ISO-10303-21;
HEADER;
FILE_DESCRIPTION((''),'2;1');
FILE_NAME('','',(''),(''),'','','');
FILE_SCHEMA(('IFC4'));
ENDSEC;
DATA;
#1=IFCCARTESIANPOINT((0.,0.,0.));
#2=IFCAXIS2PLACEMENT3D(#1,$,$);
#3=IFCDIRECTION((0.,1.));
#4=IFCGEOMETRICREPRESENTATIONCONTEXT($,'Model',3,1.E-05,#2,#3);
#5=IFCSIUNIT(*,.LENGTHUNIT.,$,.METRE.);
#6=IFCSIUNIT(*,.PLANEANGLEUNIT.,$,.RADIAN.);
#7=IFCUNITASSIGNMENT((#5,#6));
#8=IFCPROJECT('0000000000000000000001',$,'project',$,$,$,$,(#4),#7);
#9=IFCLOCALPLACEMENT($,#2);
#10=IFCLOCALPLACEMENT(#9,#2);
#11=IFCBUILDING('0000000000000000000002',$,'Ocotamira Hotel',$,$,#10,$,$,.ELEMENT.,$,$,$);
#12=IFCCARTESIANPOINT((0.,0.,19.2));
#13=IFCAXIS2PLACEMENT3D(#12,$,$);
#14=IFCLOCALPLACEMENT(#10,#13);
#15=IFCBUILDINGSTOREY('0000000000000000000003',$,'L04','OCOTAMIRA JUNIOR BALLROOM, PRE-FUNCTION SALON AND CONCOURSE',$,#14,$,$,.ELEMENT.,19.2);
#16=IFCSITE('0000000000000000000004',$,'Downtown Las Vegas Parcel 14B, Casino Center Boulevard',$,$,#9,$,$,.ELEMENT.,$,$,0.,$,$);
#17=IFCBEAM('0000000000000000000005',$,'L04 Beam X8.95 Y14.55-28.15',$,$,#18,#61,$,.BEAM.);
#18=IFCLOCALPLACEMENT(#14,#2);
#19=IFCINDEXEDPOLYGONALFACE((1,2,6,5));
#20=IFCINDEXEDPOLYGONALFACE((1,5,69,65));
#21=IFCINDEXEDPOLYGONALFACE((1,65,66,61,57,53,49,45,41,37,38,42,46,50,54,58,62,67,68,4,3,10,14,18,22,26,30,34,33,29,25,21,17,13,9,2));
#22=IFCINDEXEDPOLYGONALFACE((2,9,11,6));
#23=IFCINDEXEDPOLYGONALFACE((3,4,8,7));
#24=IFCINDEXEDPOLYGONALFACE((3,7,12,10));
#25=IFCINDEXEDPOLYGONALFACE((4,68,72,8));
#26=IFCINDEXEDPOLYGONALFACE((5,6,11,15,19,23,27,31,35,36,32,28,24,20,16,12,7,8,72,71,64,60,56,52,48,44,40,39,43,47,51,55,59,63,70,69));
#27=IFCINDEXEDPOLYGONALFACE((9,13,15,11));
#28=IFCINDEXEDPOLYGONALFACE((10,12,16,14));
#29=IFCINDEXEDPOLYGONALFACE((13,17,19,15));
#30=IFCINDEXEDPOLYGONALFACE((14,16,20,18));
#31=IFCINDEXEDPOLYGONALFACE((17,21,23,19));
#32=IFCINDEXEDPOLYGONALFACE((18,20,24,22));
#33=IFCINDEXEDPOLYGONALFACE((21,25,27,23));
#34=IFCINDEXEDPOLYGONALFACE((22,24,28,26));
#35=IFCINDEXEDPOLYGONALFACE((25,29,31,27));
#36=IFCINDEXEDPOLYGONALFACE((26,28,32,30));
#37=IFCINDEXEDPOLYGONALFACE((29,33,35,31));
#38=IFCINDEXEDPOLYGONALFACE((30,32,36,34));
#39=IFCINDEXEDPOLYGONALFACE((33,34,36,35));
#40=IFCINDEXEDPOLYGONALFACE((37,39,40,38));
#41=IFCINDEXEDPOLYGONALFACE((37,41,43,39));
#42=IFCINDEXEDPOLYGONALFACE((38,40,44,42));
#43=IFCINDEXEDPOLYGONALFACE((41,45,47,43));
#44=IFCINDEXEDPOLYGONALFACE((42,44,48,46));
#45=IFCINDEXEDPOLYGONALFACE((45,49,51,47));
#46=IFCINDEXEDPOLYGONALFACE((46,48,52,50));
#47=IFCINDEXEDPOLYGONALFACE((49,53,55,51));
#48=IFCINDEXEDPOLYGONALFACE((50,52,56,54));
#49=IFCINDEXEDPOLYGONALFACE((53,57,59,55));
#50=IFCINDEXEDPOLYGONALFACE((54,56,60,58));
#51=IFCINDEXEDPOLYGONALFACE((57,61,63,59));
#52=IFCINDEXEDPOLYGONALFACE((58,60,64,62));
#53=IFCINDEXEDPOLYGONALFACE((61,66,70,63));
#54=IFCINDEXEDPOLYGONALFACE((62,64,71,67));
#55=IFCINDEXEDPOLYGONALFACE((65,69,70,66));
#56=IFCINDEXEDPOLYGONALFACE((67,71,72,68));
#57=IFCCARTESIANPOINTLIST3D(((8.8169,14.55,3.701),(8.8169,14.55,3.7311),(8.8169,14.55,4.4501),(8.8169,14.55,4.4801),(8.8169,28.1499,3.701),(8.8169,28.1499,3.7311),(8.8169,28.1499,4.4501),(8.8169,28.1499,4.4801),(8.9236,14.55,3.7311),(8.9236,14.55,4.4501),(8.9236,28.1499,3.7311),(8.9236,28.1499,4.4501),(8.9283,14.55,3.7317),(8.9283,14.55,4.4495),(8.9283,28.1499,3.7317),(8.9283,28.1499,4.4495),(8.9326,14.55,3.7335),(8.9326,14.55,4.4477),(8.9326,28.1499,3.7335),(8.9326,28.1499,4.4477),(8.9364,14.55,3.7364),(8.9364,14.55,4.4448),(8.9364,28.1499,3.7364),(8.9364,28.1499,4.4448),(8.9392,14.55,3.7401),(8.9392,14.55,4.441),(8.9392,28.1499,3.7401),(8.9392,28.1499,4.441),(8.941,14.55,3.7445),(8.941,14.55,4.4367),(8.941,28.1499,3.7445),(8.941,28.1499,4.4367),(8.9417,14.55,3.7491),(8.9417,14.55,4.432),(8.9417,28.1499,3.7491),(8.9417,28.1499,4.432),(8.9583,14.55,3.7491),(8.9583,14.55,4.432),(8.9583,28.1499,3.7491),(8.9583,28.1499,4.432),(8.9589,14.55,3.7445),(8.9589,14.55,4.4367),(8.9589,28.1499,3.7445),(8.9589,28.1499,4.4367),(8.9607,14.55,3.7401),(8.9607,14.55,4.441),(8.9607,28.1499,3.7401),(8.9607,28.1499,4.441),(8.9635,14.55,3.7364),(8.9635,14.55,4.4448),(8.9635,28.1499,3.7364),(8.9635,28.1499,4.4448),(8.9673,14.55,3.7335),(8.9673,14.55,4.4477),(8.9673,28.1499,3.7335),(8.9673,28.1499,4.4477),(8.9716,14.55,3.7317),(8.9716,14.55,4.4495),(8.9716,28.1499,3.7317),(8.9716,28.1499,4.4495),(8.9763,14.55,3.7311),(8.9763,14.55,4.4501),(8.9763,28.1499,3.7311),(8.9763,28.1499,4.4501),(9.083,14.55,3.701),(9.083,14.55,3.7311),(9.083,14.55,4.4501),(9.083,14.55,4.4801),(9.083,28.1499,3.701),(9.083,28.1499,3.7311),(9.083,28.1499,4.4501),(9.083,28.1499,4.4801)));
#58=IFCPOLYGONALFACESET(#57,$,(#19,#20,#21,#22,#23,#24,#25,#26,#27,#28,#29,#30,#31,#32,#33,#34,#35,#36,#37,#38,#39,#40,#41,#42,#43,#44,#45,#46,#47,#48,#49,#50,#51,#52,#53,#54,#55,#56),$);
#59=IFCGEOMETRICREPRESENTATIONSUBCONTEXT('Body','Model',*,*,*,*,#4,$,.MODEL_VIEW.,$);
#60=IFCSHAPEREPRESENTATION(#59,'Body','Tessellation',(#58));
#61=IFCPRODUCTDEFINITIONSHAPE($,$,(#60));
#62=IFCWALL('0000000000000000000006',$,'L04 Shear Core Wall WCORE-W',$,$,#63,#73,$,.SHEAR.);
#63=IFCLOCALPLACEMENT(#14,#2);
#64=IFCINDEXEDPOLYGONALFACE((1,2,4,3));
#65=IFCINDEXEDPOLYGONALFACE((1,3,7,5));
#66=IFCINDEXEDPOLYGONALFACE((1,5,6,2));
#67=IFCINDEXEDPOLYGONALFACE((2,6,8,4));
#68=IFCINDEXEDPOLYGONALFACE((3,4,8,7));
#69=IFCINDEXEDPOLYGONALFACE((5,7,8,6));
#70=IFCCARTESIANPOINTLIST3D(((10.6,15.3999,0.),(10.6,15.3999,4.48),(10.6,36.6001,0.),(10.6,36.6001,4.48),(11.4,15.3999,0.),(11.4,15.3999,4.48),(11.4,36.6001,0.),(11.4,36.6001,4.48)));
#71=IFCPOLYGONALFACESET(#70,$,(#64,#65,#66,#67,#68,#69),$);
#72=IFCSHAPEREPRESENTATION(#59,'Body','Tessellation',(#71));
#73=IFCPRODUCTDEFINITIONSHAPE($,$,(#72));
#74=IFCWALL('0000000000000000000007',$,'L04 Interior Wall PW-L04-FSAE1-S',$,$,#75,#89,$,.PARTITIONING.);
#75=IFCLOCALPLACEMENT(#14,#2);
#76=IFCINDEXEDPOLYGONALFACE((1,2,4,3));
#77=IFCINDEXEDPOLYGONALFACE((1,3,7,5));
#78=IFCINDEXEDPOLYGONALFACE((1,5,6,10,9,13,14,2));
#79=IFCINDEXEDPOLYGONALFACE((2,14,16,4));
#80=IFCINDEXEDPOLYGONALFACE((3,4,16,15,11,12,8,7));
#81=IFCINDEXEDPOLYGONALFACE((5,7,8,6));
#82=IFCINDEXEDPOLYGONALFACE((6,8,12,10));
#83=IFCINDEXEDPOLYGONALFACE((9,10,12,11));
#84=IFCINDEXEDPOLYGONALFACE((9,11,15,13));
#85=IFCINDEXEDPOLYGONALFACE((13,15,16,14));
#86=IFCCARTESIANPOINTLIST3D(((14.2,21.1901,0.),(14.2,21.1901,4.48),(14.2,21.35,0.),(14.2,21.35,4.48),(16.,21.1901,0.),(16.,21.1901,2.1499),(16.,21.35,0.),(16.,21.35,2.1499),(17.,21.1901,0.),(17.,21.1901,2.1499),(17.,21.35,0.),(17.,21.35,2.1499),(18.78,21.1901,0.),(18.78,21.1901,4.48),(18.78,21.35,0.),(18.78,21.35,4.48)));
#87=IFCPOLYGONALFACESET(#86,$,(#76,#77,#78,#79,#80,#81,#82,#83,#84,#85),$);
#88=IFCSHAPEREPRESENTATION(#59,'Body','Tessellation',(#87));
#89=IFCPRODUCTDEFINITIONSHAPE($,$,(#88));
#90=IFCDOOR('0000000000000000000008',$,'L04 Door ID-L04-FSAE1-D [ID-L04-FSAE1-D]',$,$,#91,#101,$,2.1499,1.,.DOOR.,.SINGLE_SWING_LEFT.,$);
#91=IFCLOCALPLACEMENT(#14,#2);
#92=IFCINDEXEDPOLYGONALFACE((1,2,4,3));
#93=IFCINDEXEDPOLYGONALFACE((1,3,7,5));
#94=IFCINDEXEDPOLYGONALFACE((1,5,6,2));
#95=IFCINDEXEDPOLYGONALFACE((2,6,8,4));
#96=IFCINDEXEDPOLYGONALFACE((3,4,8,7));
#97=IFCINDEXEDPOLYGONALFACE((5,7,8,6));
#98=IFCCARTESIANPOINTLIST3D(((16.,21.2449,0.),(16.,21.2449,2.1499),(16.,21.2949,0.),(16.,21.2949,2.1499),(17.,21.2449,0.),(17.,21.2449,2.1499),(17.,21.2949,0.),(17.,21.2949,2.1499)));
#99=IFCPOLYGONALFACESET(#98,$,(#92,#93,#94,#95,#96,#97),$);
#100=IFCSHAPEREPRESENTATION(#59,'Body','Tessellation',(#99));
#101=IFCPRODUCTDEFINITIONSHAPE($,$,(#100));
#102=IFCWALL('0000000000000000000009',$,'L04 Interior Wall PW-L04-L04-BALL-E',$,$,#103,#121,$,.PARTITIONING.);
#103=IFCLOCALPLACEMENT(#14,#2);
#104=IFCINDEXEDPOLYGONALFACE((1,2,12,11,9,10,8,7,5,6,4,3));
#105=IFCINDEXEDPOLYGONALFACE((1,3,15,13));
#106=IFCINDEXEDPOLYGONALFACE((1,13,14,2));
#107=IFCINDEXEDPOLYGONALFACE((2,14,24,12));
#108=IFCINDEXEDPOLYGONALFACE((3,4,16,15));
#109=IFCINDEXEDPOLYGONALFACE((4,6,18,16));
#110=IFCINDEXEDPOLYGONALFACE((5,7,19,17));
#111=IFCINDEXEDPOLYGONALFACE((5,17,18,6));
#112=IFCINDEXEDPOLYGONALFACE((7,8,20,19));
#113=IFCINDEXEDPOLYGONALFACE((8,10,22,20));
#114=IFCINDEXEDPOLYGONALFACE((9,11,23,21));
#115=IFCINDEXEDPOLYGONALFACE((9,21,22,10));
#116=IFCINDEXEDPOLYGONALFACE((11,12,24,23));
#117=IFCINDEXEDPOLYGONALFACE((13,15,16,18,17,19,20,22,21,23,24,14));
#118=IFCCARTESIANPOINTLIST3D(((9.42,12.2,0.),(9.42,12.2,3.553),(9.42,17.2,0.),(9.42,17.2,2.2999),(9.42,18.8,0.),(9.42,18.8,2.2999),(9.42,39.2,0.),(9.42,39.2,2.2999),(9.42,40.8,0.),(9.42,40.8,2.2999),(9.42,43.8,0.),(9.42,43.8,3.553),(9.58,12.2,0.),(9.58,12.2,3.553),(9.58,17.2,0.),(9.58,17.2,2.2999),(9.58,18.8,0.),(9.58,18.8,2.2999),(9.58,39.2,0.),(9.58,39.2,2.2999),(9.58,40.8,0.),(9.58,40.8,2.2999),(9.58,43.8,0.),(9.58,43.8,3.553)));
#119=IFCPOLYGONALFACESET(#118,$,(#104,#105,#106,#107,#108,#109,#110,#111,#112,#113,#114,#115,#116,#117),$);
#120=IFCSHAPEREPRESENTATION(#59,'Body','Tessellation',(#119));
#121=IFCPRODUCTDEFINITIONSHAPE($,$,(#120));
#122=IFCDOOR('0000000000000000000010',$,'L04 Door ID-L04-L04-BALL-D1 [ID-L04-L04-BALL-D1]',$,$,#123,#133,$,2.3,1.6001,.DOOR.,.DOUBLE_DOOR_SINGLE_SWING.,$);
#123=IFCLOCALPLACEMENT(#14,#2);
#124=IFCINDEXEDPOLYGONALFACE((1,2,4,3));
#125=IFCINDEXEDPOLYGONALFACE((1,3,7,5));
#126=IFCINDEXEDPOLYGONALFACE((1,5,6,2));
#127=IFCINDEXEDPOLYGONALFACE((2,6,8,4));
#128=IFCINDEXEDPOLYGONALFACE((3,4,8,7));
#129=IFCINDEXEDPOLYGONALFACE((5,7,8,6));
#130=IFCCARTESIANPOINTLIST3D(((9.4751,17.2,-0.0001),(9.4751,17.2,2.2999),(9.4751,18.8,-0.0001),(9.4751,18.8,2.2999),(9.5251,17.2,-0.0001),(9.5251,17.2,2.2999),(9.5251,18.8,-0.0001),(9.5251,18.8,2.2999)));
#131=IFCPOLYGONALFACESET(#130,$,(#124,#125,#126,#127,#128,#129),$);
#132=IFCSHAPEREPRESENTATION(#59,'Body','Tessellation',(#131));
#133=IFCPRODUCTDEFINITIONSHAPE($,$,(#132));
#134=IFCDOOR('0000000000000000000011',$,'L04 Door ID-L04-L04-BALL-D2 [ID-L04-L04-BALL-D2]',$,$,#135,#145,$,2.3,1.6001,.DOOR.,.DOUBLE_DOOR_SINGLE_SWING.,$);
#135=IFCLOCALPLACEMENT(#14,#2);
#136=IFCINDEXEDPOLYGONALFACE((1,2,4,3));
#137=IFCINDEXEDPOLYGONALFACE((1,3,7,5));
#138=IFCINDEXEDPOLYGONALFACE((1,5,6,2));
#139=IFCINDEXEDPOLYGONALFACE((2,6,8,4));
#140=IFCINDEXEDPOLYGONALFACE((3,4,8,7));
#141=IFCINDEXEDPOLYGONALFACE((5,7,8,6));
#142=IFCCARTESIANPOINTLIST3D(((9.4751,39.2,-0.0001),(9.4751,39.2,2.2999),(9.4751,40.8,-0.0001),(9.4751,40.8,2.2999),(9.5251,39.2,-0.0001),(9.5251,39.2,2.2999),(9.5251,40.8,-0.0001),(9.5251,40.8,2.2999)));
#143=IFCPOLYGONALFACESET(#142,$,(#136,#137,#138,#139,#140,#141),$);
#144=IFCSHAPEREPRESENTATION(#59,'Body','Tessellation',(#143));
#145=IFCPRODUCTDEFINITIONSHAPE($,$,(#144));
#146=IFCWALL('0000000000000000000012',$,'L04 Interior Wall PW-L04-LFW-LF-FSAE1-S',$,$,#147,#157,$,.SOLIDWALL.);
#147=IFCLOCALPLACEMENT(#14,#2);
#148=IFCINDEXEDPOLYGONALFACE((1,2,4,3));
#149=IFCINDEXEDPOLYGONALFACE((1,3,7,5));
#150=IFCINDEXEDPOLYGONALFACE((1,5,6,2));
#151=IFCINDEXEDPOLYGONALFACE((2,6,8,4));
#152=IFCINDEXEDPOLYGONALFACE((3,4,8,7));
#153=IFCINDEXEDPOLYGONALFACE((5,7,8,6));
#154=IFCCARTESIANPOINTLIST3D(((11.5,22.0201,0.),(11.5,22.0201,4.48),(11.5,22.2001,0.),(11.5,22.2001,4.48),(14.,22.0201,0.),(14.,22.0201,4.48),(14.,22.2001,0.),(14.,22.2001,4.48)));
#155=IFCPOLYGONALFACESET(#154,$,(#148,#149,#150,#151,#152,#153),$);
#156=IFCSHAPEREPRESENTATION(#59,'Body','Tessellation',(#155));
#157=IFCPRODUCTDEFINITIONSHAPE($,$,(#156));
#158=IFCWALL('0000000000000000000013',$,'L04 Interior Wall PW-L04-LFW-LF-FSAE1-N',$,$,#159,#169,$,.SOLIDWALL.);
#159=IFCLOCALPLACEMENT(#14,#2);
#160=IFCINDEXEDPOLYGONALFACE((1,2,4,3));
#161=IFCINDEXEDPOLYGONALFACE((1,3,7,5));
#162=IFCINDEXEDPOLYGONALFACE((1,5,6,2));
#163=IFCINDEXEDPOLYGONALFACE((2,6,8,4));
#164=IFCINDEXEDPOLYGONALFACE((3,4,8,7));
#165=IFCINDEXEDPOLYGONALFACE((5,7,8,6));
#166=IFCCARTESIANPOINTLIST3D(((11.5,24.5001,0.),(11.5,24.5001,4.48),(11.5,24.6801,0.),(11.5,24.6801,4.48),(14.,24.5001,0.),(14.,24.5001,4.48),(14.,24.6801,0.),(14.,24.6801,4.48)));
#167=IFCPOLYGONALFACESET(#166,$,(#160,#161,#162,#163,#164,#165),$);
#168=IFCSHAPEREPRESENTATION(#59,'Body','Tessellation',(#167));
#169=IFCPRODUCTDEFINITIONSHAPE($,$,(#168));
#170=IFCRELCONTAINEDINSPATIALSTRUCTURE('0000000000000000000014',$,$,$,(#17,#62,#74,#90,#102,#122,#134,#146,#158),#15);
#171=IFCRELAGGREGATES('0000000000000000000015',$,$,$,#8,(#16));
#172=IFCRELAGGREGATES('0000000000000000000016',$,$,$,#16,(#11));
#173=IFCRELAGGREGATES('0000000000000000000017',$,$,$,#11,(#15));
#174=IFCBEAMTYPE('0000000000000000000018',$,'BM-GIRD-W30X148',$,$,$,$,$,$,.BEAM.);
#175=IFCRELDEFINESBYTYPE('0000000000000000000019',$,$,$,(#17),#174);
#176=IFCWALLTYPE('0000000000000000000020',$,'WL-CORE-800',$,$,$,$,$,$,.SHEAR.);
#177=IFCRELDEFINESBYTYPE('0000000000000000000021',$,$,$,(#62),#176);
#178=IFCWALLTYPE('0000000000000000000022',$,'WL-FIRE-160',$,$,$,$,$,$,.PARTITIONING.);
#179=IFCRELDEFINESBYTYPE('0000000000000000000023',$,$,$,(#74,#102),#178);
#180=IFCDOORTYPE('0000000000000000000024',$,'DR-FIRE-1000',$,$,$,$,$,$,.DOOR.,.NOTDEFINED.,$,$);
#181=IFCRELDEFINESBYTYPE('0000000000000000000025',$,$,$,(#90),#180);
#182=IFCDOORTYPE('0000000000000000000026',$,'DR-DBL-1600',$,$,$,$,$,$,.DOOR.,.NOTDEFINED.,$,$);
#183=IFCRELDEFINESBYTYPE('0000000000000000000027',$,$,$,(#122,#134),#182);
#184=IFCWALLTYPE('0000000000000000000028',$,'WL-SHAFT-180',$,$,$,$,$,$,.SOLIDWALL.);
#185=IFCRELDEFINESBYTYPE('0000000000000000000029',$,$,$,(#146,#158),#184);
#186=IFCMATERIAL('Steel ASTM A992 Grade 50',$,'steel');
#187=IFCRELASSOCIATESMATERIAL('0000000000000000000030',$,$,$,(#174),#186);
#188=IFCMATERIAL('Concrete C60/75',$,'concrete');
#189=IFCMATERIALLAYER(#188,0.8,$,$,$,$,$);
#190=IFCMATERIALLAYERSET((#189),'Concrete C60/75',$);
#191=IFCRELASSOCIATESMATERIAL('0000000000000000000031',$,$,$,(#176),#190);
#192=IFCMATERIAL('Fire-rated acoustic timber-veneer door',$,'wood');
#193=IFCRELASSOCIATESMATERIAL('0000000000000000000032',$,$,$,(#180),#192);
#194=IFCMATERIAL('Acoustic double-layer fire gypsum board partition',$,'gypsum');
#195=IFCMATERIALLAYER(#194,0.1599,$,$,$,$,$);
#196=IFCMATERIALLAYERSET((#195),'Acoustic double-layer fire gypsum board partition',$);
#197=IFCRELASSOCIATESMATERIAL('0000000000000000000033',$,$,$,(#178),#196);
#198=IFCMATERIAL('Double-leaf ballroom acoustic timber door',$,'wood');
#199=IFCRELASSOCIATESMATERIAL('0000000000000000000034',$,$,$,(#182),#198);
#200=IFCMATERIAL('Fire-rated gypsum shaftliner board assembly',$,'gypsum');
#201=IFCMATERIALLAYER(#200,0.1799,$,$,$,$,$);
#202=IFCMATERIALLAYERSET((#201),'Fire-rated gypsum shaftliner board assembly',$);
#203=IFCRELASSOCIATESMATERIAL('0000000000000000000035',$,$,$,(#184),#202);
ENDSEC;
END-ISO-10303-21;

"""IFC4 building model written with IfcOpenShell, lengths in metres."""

from ifc_helpers import new_model, si_unit, direction, frame, frame_2d, origin, origin_2d, place, context, subcontext, project, spatial, rectangle, i_section, extrude, source, transform, mapped, material, layer, layer_set, material_profile, profile_set, type_object, element, fill, save


model = new_model("IFC4")

# Units and contexts
model_context = context("Model", 3, precision=1e-05, world=origin(), true_north=direction((0.0, 1.0)))
body_context = subcontext(model_context, "Body", "Model", "MODEL_VIEW")
ifc_project = project(units=[si_unit("LENGTHUNIT", "METRE"), si_unit("PLANEANGLEUNIT", "RADIAN")], contexts=[model_context])

# Site, building, storey
site_placement = place(None, origin())
site = spatial("IfcSite", under=ifc_project, at=site_placement, Name="Downtown Las Vegas Parcel 14B, Casino Center Boulevard", CompositionType="ELEMENT", RefElevation=0.0)
building_placement = place(site_placement, origin())
building = spatial("IfcBuilding", under=site, at=building_placement, Name="Ocotamira Hotel", CompositionType="ELEMENT")
storey_placement = place(building_placement, frame((0.0, 0.0, 19.2)))
storey = spatial("IfcBuildingStorey", under=building, at=storey_placement, Name="L04", Description="OCOTAMIRA JUNIOR BALLROOM, PRE-FUNCTION SALON AND CONCOURSE", CompositionType="ELEMENT", Elevation=19.2)

# Shared definitions
ifc_material_1 = material(Name="Concrete C60/75", Category="concrete")

# Beam
ifc_material_2 = material(Name="Steel ASTM A992 Grade 50", Category="steel")
ifc_material_profile_1 = material_profile(ifc_material_2, i_section(OverallWidth=0.2661, OverallDepth=0.7791, WebThickness=0.0166, FlangeThickness=0.03, FilletRadius=0.0181, at=origin_2d()), Name="W30X148")
ifc_profile_set_1 = profile_set([ifc_material_profile_1], Name="Steel ASTM A992 Grade 50")
beam_type_1 = type_object("IfcBeamType", Name="BM-GIRD-W30X148", PredefinedType="BEAM", material=ifc_profile_set_1)
shared_shape_1 = source(origin(), body_context, "Body", "SweptSolid", [
    extrude(i_section(OverallWidth=0.2661, OverallDepth=0.7791, WebThickness=0.0166, FlangeThickness=0.03, FilletRadius=0.0181, at=origin_2d()), origin(), (0.0, 0.0, 1.0), 13.5999),
])
beam_1_placement = place(storey_placement, frame((8.95, 14.55, 4.0906), z_axis=(0.0, 1.0, 0.0), x_axis=(-1.0, 0.0, 0.0)))
element("IfcBeam", 1, at=beam_1_placement, inside=storey, type_object=beam_type_1, Name="L04 Beam X8.95 Y14.55-28.15", PredefinedType="BEAM", context=body_context, shape_type="MappedRepresentation", body=[
    mapped(shared_shape_1, transform((0.0, 0.0, 0.0), scale=1.0)),
])

# Shared definitions
ifc_layer_1 = layer(ifc_material_1, 0.8)
ifc_layer_set_1 = layer_set([ifc_layer_1], Name="Concrete C60/75")
wall_type_1 = type_object("IfcWallType", Name="WL-CORE-800", PredefinedType="SHEAR", material=ifc_layer_set_1)
ifc_material_3 = material(Name="Fire-rated acoustic timber-veneer door", Category="wood")
door_type_1 = type_object("IfcDoorType", Name="DR-FIRE-1000", OperationType="NOTDEFINED", PredefinedType="DOOR", material=ifc_material_3)
shared_shape_2 = source(origin(), body_context, "Body", "SweptSolid", [
    extrude(rectangle(XDim=1.0, YDim=2.1499, at=frame_2d((0.5, 1.075))), frame((0.0, 0.0249, 0.0), z_axis=(0.0, -1.0, 0.0), x_axis=(1.0, 0.0, 0.0)), (0.0, 0.0, 1.0), 0.05),
])

# Wall
wall_1_placement = place(storey_placement, frame((11.0, 15.3999, 0.0), z_axis=(0.0, 0.0, 1.0), x_axis=(0.0, 1.0, 0.0)))
element("IfcWall", 2, at=wall_1_placement, inside=storey, type_object=wall_type_1, Name="L04 Shear Core Wall WCORE-W", PredefinedType="SHEAR", context=body_context, shape_type="SweptSolid", body=[
    extrude(rectangle(XDim=21.2002, YDim=0.8, at=frame_2d((10.6001, 0.0))), origin(), (0.0, 0.0, 1.0), 4.48),
])

# Wall, opening, door
ifc_material_4 = material(Name="Acoustic double-layer fire gypsum board partition", Category="gypsum")
ifc_layer_2 = layer(ifc_material_4, 0.1599)
ifc_layer_set_2 = layer_set([ifc_layer_2], Name="Acoustic double-layer fire gypsum board partition")
wall_type_2 = type_object("IfcWallType", Name="WL-FIRE-160", PredefinedType="PARTITIONING", material=ifc_layer_set_2)
wall_2_placement = place(storey_placement, frame((14.2, 21.27, 0.0), z_axis=(0.0, 0.0, 1.0), x_axis=(1.0, 0.0, 0.0)))
wall_2 = element("IfcWall", 3, at=wall_2_placement, inside=storey, type_object=wall_type_2, Name="L04 Interior Wall PW-L04-FSAE1-S", PredefinedType="PARTITIONING", context=body_context, shape_type="SweptSolid", body=[
    extrude(rectangle(XDim=4.5801, YDim=0.1599, at=frame_2d((2.29, 0.0))), origin(), (0.0, 0.0, 1.0), 4.48),
])
opening_1_placement = place(wall_2_placement, frame((1.8, 0.0, 0.0)))
opening_1 = element("IfcOpeningElement", 4, at=opening_1_placement, cuts=wall_2, PredefinedType="OPENING", context=body_context, shape_type="SweptSolid", body=[
    extrude(rectangle(XDim=1.0, YDim=2.1499, at=frame_2d((0.5, 1.075))), frame((0.0, 0.0898, 0.0), z_axis=(0.0, -1.0, 0.0), x_axis=(1.0, 0.0, 0.0)), (0.0, 0.0, 1.0), 0.1799),
])
door_1_placement = place(opening_1_placement, origin())
door_1 = element("IfcDoor", 5, at=door_1_placement, inside=storey, type_object=door_type_1, Name="L04 Door ID-L04-FSAE1-D [ID-L04-FSAE1-D]", OperationType="SINGLE_SWING_LEFT", OverallHeight=2.1499, OverallWidth=1.0, PredefinedType="DOOR", context=body_context, shape_type="MappedRepresentation", body=[
    mapped(shared_shape_2, transform((0.0, 0.0, 0.0), scale=1.0)),
])
fill(opening_1, door_1)

# Wall, openings, doors
wall_3_placement = place(storey_placement, frame((9.5, 12.2, 0.0), z_axis=(0.0, 0.0, 1.0), x_axis=(0.0, 1.0, 0.0)))
wall_3 = element("IfcWall", 6, at=wall_3_placement, inside=storey, type_object=wall_type_2, Name="L04 Interior Wall PW-L04-L04-BALL-E", PredefinedType="PARTITIONING", context=body_context, shape_type="SweptSolid", body=[
    extrude(rectangle(XDim=31.6001, YDim=0.1599, at=frame_2d((15.8, 0.0))), origin(), (0.0, 0.0, 1.0), 3.553),
])
opening_2_placement = place(wall_3_placement, frame((5.0, 0.0, 0.0)))
opening_2 = element("IfcOpeningElement", 7, at=opening_2_placement, cuts=wall_3, PredefinedType="OPENING", context=body_context, shape_type="SweptSolid", body=[
    extrude(rectangle(XDim=1.6001, YDim=2.3, at=frame_2d((0.8, 1.1499))), frame((0.0, 0.0898, 0.0), z_axis=(0.0, -1.0, 0.0), x_axis=(1.0, 0.0, 0.0)), (0.0, 0.0, 1.0), 0.1799),
])
opening_3_placement = place(wall_3_placement, frame((27.0, 0.0, 0.0)))
opening_3 = element("IfcOpeningElement", 8, at=opening_3_placement, cuts=wall_3, PredefinedType="OPENING", context=body_context, shape_type="SweptSolid", body=[
    extrude(rectangle(XDim=1.6001, YDim=2.3, at=frame_2d((0.8, 1.1499))), frame((0.0, 0.0898, 0.0), z_axis=(0.0, -1.0, 0.0), x_axis=(1.0, 0.0, 0.0)), (0.0, 0.0, 1.0), 0.1799),
])
ifc_material_5 = material(Name="Double-leaf ballroom acoustic timber door", Category="wood")
door_type_2 = type_object("IfcDoorType", Name="DR-DBL-1600", OperationType="NOTDEFINED", PredefinedType="DOOR", material=ifc_material_5)
shared_shape_3 = source(origin(), body_context, "Body", "SweptSolid", [
    extrude(rectangle(XDim=1.6001, YDim=2.3, at=frame_2d((0.8, 1.1499))), frame((0.0, 0.0249, 0.0), z_axis=(0.0, -1.0, 0.0), x_axis=(1.0, 0.0, 0.0)), (0.0, 0.0, 1.0), 0.05),
])
door_2_placement = place(opening_2_placement, origin())
door_2 = element("IfcDoor", 9, at=door_2_placement, inside=storey, type_object=door_type_2, Name="L04 Door ID-L04-L04-BALL-D1 [ID-L04-L04-BALL-D1]", OperationType="DOUBLE_DOOR_SINGLE_SWING", OverallHeight=2.3, OverallWidth=1.6001, PredefinedType="DOOR", context=body_context, shape_type="MappedRepresentation", body=[
    mapped(shared_shape_3, transform((0.0, 0.0, 0.0), scale=1.0)),
])
fill(opening_2, door_2)
door_3_placement = place(opening_3_placement, origin())
door_3 = element("IfcDoor", 10, at=door_3_placement, inside=storey, type_object=door_type_2, Name="L04 Door ID-L04-L04-BALL-D2 [ID-L04-L04-BALL-D2]", OperationType="DOUBLE_DOOR_SINGLE_SWING", OverallHeight=2.3, OverallWidth=1.6001, PredefinedType="DOOR", context=body_context, shape_type="MappedRepresentation", body=[
    mapped(shared_shape_3, transform((0.0, 0.0, 0.0), scale=1.0)),
])
fill(opening_3, door_3)

# Walls
ifc_material_6 = material(Name="Fire-rated gypsum shaftliner board assembly", Category="gypsum")
ifc_layer_3 = layer(ifc_material_6, 0.1799)
ifc_layer_set_3 = layer_set([ifc_layer_3], Name="Fire-rated gypsum shaftliner board assembly")
wall_type_3 = type_object("IfcWallType", Name="WL-SHAFT-180", PredefinedType="SOLIDWALL", material=ifc_layer_set_3)
for number, where, z_axis, x_axis, name in (
    (11, (11.5, 22.1101, 0.0), (0.0, 0.0, 1.0), (1.0, 0.0, 0.0), "L04 Interior Wall PW-L04-LFW-LF-FSAE1-S"),
    (12, (11.5, 24.5901, 0.0), (0.0, 0.0, 1.0), (1.0, 0.0, 0.0), "L04 Interior Wall PW-L04-LFW-LF-FSAE1-N"),
):
    element("IfcWall", number, at=place(storey_placement, frame(where, z_axis=z_axis, x_axis=x_axis)), inside=storey, type_object=wall_type_3, Name=name, PredefinedType="SOLIDWALL", context=body_context, shape_type="SweptSolid", body=[
        extrude(rectangle(XDim=2.5, YDim=0.1799, at=frame_2d((1.25, 0.0))), origin(), (0.0, 0.0, 1.0), 4.48),
    ])

save(model, "model.ifc")
